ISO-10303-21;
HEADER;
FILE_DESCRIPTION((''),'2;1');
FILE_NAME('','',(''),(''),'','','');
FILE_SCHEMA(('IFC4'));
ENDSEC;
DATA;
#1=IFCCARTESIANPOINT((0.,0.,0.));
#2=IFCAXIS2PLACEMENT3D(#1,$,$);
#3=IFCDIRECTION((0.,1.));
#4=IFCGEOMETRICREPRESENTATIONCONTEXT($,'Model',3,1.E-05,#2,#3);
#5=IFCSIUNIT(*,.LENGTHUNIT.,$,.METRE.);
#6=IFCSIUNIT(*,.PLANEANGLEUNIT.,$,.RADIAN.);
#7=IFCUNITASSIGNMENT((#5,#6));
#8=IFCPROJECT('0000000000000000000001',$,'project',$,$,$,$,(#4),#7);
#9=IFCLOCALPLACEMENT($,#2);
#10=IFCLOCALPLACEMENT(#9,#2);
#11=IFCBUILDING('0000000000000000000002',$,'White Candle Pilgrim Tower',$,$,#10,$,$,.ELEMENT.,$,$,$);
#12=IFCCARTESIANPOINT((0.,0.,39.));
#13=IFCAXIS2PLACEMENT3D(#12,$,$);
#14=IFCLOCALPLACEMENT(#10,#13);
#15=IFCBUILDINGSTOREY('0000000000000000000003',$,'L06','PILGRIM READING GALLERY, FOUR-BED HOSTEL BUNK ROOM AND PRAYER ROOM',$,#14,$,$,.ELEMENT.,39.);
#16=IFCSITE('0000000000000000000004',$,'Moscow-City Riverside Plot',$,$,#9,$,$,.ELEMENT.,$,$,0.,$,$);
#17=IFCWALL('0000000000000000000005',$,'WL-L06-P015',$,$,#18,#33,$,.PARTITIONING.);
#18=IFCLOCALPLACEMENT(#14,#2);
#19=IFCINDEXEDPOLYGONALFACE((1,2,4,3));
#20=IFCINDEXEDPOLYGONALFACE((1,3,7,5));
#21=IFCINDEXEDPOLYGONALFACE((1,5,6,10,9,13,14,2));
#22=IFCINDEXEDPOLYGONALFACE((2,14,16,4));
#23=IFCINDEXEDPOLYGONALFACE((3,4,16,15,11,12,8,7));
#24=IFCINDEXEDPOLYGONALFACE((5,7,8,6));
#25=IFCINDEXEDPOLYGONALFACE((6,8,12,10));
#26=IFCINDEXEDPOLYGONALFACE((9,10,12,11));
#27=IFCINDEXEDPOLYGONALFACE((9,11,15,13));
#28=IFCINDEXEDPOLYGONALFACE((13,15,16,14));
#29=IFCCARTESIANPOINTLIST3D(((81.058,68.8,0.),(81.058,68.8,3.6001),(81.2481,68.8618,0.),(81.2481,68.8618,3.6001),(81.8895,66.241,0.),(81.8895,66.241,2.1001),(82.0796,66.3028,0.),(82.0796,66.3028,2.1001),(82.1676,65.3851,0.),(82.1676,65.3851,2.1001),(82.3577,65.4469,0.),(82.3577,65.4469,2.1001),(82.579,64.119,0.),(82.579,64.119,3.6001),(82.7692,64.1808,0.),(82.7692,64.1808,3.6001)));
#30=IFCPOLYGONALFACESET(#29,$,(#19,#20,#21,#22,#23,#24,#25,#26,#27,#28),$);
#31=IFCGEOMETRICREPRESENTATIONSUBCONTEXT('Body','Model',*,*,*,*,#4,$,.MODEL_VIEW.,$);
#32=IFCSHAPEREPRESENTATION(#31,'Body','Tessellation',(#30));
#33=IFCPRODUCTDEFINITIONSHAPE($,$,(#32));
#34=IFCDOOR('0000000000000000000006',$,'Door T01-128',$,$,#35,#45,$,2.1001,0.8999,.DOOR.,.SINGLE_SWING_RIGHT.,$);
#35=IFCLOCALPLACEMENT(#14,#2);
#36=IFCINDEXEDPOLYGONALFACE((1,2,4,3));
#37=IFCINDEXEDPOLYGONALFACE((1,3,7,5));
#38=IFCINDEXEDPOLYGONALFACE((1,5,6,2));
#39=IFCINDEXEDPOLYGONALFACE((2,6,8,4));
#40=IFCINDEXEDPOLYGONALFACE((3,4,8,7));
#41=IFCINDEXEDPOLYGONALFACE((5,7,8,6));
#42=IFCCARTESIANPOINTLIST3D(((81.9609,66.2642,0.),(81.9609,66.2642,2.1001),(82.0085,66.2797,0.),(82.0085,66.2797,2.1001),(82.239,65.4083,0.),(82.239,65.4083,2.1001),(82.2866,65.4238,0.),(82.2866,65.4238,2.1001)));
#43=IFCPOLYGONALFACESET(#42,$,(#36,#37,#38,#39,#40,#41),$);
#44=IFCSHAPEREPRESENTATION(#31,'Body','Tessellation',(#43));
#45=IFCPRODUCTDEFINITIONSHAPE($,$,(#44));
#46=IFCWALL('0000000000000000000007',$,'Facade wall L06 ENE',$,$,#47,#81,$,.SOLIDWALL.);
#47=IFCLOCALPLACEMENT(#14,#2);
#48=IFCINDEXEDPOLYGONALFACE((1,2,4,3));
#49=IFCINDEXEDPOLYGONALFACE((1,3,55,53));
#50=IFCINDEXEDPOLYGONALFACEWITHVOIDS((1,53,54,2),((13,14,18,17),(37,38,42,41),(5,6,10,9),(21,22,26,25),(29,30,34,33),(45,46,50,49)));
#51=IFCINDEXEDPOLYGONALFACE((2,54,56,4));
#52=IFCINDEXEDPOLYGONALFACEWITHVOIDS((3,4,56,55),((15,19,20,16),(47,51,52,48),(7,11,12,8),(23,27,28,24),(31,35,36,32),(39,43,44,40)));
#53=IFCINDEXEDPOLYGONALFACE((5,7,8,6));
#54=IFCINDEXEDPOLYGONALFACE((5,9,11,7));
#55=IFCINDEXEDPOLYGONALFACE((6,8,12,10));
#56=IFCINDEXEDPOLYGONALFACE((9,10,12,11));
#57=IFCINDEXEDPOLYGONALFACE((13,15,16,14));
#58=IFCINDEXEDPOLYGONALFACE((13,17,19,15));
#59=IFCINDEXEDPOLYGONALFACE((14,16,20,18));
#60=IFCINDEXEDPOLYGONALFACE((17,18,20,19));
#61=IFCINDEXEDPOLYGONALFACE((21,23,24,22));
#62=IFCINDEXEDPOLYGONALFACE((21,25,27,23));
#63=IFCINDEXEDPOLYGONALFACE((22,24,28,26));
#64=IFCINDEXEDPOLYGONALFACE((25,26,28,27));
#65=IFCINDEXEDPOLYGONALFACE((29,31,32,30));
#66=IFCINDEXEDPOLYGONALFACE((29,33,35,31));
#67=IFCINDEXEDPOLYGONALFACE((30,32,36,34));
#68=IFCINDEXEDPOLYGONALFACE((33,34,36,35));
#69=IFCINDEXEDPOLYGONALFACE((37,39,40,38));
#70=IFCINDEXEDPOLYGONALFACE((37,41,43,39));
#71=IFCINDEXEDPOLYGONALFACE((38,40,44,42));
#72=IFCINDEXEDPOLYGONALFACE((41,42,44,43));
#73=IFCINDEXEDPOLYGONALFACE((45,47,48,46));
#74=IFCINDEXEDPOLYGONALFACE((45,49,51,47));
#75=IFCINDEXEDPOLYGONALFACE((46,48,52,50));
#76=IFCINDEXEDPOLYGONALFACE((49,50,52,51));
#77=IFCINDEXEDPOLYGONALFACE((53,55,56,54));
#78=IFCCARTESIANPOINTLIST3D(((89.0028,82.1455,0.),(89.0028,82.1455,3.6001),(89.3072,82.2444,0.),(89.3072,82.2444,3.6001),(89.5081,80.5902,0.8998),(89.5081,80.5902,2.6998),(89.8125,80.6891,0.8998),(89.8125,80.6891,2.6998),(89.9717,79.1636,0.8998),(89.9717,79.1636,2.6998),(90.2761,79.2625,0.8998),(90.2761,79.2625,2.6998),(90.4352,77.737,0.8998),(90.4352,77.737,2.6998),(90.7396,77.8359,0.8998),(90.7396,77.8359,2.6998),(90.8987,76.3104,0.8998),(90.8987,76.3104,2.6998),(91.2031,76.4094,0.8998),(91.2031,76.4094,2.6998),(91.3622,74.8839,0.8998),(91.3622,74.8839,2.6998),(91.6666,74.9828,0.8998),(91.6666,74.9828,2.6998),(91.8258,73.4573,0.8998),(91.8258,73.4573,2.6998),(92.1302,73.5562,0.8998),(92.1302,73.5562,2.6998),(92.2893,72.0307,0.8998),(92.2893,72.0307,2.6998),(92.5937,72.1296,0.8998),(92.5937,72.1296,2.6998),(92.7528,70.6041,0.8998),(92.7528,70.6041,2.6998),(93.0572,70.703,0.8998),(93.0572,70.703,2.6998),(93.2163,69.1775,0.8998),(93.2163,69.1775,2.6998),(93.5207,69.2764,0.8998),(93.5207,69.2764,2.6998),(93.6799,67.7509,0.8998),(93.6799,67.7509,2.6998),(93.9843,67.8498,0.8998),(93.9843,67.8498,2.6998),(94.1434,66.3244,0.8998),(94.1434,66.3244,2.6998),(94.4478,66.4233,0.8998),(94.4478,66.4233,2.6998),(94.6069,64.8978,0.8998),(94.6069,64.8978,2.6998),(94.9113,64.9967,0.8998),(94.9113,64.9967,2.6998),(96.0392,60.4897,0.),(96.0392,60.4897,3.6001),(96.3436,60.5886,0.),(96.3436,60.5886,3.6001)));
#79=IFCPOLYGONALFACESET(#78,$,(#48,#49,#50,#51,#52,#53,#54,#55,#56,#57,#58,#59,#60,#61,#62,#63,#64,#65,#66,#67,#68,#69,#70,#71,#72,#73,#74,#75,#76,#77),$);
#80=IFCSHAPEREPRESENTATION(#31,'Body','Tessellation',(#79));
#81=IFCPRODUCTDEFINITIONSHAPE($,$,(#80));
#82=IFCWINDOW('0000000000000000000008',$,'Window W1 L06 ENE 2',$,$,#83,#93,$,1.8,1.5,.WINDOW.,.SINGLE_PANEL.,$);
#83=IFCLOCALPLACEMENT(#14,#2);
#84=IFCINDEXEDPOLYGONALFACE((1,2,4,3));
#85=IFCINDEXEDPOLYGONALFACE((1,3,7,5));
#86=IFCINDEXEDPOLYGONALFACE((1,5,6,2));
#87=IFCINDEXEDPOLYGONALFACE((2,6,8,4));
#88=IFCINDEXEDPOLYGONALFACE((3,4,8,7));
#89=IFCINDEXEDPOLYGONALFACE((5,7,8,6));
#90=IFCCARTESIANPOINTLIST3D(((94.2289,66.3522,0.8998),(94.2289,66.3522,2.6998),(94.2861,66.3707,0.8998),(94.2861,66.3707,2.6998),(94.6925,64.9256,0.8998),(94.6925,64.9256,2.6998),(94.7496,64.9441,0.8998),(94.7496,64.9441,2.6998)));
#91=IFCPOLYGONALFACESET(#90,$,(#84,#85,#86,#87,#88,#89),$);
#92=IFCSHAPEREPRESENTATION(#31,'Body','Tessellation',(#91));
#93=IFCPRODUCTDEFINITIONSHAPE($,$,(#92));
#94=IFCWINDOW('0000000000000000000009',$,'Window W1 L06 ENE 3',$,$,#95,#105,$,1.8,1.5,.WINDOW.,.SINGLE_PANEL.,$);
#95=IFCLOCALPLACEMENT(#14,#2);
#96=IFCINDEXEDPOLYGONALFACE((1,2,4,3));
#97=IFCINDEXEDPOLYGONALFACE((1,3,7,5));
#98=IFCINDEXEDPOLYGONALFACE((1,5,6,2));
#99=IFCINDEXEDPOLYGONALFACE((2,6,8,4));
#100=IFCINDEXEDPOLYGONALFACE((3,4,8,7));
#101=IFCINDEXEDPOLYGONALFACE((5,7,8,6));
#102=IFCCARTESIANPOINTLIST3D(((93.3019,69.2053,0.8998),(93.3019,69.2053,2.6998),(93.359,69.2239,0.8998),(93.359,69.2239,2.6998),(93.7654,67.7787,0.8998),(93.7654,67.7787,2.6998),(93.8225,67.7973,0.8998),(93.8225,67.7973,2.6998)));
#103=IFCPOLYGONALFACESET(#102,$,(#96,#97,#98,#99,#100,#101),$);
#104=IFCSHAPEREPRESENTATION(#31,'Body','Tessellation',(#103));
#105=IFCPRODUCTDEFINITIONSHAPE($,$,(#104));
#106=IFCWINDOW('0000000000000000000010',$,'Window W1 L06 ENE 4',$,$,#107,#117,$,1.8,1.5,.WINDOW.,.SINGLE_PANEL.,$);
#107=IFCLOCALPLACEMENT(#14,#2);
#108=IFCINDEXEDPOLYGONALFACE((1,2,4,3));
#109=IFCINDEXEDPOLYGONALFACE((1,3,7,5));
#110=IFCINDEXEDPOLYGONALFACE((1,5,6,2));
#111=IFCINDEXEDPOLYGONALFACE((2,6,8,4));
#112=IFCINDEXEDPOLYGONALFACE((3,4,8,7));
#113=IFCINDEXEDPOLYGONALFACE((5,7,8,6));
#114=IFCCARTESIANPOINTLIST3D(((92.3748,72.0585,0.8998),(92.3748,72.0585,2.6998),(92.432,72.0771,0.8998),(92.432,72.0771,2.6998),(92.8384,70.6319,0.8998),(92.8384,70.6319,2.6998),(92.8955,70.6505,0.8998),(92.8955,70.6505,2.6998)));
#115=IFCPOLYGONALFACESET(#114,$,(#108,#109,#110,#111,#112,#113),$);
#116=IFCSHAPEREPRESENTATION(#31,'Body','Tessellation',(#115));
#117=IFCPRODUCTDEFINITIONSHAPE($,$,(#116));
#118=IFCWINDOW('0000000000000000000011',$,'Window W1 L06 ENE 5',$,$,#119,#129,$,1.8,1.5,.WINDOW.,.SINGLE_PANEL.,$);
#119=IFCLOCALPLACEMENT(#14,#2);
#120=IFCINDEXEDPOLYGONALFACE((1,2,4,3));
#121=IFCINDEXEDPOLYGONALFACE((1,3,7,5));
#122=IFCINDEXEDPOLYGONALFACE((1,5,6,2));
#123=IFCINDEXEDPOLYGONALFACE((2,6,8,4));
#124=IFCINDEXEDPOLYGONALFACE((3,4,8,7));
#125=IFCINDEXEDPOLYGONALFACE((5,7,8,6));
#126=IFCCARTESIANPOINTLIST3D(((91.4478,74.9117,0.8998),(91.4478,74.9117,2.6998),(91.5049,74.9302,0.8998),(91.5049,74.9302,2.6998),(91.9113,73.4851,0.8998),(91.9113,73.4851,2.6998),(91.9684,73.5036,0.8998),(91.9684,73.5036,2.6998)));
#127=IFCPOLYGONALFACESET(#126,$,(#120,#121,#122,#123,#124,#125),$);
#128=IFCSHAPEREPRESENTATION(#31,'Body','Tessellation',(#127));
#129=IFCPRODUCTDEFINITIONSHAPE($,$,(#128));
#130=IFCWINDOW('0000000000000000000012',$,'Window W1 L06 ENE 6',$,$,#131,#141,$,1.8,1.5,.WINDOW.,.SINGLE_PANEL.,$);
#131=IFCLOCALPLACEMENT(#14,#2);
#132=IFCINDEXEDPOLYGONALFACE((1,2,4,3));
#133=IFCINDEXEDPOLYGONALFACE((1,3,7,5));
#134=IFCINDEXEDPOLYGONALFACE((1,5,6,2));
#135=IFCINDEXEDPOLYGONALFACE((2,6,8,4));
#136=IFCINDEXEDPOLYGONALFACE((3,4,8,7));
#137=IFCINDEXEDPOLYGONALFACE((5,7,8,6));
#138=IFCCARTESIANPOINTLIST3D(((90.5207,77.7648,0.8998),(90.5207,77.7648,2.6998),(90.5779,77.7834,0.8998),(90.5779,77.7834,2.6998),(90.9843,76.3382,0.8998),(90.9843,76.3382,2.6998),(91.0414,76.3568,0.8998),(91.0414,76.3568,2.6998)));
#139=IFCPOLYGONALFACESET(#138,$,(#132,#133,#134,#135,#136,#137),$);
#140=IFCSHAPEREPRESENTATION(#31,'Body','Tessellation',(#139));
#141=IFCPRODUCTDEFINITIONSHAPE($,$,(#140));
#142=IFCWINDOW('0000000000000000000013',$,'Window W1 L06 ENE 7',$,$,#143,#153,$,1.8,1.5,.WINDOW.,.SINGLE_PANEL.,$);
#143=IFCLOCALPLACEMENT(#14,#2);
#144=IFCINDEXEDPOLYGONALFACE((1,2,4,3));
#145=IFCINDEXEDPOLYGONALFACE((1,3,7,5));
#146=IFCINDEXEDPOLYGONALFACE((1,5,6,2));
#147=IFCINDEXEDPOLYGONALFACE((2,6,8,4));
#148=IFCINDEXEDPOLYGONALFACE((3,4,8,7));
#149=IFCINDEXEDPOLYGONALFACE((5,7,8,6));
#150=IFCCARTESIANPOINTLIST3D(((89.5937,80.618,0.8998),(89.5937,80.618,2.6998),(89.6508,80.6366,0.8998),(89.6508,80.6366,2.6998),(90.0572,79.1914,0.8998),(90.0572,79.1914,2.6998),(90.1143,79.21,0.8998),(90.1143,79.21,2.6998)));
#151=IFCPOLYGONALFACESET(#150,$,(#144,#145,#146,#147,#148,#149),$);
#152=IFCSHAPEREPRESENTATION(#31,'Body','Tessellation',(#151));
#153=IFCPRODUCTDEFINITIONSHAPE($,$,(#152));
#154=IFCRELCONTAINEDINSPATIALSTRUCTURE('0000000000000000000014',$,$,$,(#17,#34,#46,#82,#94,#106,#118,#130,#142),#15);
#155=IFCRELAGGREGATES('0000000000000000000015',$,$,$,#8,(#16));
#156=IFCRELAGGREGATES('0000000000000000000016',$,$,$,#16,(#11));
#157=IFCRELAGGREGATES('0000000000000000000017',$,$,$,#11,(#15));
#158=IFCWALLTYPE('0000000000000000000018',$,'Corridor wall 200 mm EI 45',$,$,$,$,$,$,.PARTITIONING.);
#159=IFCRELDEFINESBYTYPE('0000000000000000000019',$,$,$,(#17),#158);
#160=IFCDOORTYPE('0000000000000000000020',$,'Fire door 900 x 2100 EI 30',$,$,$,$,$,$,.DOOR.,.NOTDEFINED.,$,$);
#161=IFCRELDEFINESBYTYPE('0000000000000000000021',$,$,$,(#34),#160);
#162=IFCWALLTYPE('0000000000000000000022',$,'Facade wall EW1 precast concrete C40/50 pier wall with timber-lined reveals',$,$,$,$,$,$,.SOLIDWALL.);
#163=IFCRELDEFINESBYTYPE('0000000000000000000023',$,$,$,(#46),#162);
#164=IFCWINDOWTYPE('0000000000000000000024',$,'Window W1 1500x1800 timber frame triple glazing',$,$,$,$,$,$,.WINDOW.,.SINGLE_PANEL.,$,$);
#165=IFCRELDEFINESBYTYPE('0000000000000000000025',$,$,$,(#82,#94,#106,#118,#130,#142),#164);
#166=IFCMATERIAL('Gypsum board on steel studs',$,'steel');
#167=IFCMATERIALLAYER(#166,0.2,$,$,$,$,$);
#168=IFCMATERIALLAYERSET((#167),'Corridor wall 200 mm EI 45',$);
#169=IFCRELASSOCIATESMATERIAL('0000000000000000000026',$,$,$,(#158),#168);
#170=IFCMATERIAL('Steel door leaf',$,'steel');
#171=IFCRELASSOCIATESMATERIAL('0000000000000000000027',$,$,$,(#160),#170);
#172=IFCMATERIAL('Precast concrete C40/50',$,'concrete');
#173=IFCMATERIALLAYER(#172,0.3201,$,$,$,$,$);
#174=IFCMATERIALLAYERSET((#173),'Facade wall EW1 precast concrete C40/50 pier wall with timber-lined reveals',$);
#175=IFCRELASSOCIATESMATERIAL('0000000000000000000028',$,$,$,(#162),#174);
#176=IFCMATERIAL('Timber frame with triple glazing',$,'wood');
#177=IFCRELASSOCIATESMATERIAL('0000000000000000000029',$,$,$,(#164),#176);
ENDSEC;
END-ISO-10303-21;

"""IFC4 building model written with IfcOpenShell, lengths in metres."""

from ifc_helpers import new_model, si_unit, direction, frame, frame_2d, origin, place, context, subcontext, project, spatial, rectangle, extrude, material, layer, layer_set, type_object, element, fill, save


model = new_model("IFC4")

# Units and contexts
model_context = context("Model", 3, precision=1e-05, world=origin(), true_north=direction((0.0, 1.0)))
body_context = subcontext(model_context, "Body", "Model", "MODEL_VIEW")
ifc_project = project(units=[si_unit("LENGTHUNIT", "METRE"), si_unit("PLANEANGLEUNIT", "RADIAN")], contexts=[model_context])

# Site, building, storey
site_placement = place(None, origin())
site = spatial("IfcSite", under=ifc_project, at=site_placement, Name="Moscow-City Riverside Plot", CompositionType="ELEMENT", RefElevation=0.0)
building_placement = place(site_placement, origin())
building = spatial("IfcBuilding", under=site, at=building_placement, Name="White Candle Pilgrim Tower", CompositionType="ELEMENT")
storey_placement = place(building_placement, frame((0.0, 0.0, 39.0)))
storey = spatial("IfcBuildingStorey", under=building, at=storey_placement, Name="L06", Description="PILGRIM READING GALLERY, FOUR-BED HOSTEL BUNK ROOM AND PRAYER ROOM", CompositionType="ELEMENT", Elevation=39.0)

# Shared definitions
ifc_material_1 = material(Name="Gypsum board on steel studs", Category="steel")
ifc_layer_1 = layer(ifc_material_1, 0.2)
ifc_layer_set_1 = layer_set([ifc_layer_1], Name="Corridor wall 200 mm EI 45")
wall_type_1 = type_object("IfcWallType", Name="Corridor wall 200 mm EI 45", PredefinedType="PARTITIONING", material=ifc_layer_set_1)
ifc_material_2 = material(Name="Steel door leaf", Category="steel")
door_type_1 = type_object("IfcDoorType", Name="Fire door 900 x 2100 EI 30", OperationType="NOTDEFINED", PredefinedType="DOOR", material=ifc_material_2)

# Wall, opening, door
wall_1_placement = place(storey_placement, frame((82.6741, 64.1499, 0.0), z_axis=(0.0, 0.0, 1.0), x_axis=(-0.309031, 0.951052, 0.0)))
wall_1 = element("IfcWall", 1, at=wall_1_placement, inside=storey, type_object=wall_type_1, Name="WL-L06-P015", PredefinedType="PARTITIONING", context=body_context, shape_type="SweptSolid", body=[
    extrude(rectangle(XDim=4.9219, YDim=0.2, at=frame_2d((2.4609, 0.0))), origin(), (0.0, 0.0, 1.0), 3.6001),
])
opening_1_placement = place(wall_1_placement, frame((1.3313, 0.0, 0.0)))
opening_1 = element("IfcOpeningElement", 2, at=opening_1_placement, cuts=wall_1, PredefinedType="OPENING", context=body_context, shape_type="SweptSolid", body=[
    extrude(rectangle(XDim=0.8999, YDim=2.1001, at=frame_2d((0.45, 1.05))), frame((0.0, 0.1099, 0.0), z_axis=(0.0, -1.0, 0.0), x_axis=(1.0, 0.0, 0.0)), (0.0, 0.0, 1.0), 0.22),
])
door_1_placement = place(opening_1_placement, origin())
door_1 = element("IfcDoor", 3, at=door_1_placement, inside=storey, type_object=door_type_1, Name="Door T01-128", OperationType="SINGLE_SWING_RIGHT", OverallHeight=2.1001, OverallWidth=0.8999, PredefinedType="DOOR", context=body_context, shape_type="SweptSolid", body=[
    extrude(rectangle(XDim=0.8999, YDim=2.1001, at=frame_2d((0.45, 1.05))), frame((0.0, 0.0249, 0.0), z_axis=(0.0, -1.0, 0.0), x_axis=(1.0, 0.0, 0.0)), (0.0, 0.0, 1.0), 0.05),
])
fill(opening_1, door_1)

# Wall, openings, windows
ifc_material_3 = material(Name="Precast concrete C40/50", Category="concrete")
ifc_layer_2 = layer(ifc_material_3, 0.3201)
ifc_layer_set_2 = layer_set([ifc_layer_2], Name="Facade wall EW1 precast concrete C40/50 pier wall with timber-lined reveals")
wall_type_2 = type_object("IfcWallType", Name="Facade wall EW1 precast concrete C40/50 pier wall with timber-lined reveals", PredefinedType="SOLIDWALL", material=ifc_layer_set_2)
wall_2_placement = place(storey_placement, frame((96.1914, 60.5391, 0.0), z_axis=(0.0, 0.0, 1.0), x_axis=(-0.309017, 0.951057, 0.0)))
wall_2 = element("IfcWall", 4, at=wall_2_placement, inside=storey, type_object=wall_type_2, Name="Facade wall L06 ENE", PredefinedType="SOLIDWALL", context=body_context, shape_type="SweptSolid", body=[
    extrude(rectangle(XDim=22.7703, YDim=0.3201, at=frame_2d((11.3853, 0.0))), origin(), (0.0, 0.0, 1.0), 3.6001),
])
opening_2_placement = place(wall_2_placement, frame((4.635, 0.0, 0.8999)))
opening_2 = element("IfcOpeningElement", 5, at=opening_2_placement, cuts=wall_2, PredefinedType="OPENING", context=body_context, shape_type="SweptSolid", body=[
    extrude(rectangle(XDim=1.5, YDim=1.8, at=frame_2d((0.75, 0.8999))), frame((0.0, 0.1699, 0.0), z_axis=(0.0, -1.0, 0.0), x_axis=(1.0, 0.0, 0.0)), (0.0, 0.0, 1.0), 0.3401),
])
opening_3_placement = place(wall_2_placement, frame((7.635, 0.0, 0.8999)))
opening_3 = element("IfcOpeningElement", 6, at=opening_3_placement, cuts=wall_2, PredefinedType="OPENING", context=body_context, shape_type="SweptSolid", body=[
    extrude(rectangle(XDim=1.5, YDim=1.8, at=frame_2d((0.75, 0.8999))), frame((0.0, 0.1699, 0.0), z_axis=(0.0, -1.0, 0.0), x_axis=(1.0, 0.0, 0.0)), (0.0, 0.0, 1.0), 0.3401),
])
opening_4_placement = place(wall_2_placement, frame((10.635, 0.0, 0.8999)))
opening_4 = element("IfcOpeningElement", 7, at=opening_4_placement, cuts=wall_2, PredefinedType="OPENING", context=body_context, shape_type="SweptSolid", body=[
    extrude(rectangle(XDim=1.5, YDim=1.8, at=frame_2d((0.75, 0.8999))), frame((0.0, 0.1699, 0.0), z_axis=(0.0, -1.0, 0.0), x_axis=(1.0, 0.0, 0.0)), (0.0, 0.0, 1.0), 0.3401),
])
opening_5_placement = place(wall_2_placement, frame((13.635, 0.0, 0.8999)))
opening_5 = element("IfcOpeningElement", 8, at=opening_5_placement, cuts=wall_2, PredefinedType="OPENING", context=body_context, shape_type="SweptSolid", body=[
    extrude(rectangle(XDim=1.5, YDim=1.8, at=frame_2d((0.75, 0.8999))), frame((0.0, 0.1699, 0.0), z_axis=(0.0, -1.0, 0.0), x_axis=(1.0, 0.0, 0.0)), (0.0, 0.0, 1.0), 0.3401),
])
opening_6_placement = place(wall_2_placement, frame((16.635, 0.0, 0.8999)))
opening_6 = element("IfcOpeningElement", 9, at=opening_6_placement, cuts=wall_2, PredefinedType="OPENING", context=body_context, shape_type="SweptSolid", body=[
    extrude(rectangle(XDim=1.5, YDim=1.8, at=frame_2d((0.75, 0.8999))), frame((0.0, 0.1699, 0.0), z_axis=(0.0, -1.0, 0.0), x_axis=(1.0, 0.0, 0.0)), (0.0, 0.0, 1.0), 0.3401),
])
opening_7_placement = place(wall_2_placement, frame((19.635, 0.0, 0.8999)))
opening_7 = element("IfcOpeningElement", 10, at=opening_7_placement, cuts=wall_2, PredefinedType="OPENING", context=body_context, shape_type="SweptSolid", body=[
    extrude(rectangle(XDim=1.5, YDim=1.8, at=frame_2d((0.75, 0.8999))), frame((0.0, 0.1699, 0.0), z_axis=(0.0, -1.0, 0.0), x_axis=(1.0, 0.0, 0.0)), (0.0, 0.0, 1.0), 0.3401),
])
ifc_material_4 = material(Name="Timber frame with triple glazing", Category="wood")
window_type = type_object("IfcWindowType", Name="Window W1 1500x1800 timber frame triple glazing", PartitioningType="SINGLE_PANEL", PredefinedType="WINDOW", material=ifc_material_4)
window_1_placement = place(opening_2_placement, origin())
window_1 = element("IfcWindow", 11, at=window_1_placement, inside=storey, type_object=window_type, Name="Window W1 L06 ENE 2", OverallHeight=1.8, OverallWidth=1.5, PartitioningType="SINGLE_PANEL", PredefinedType="WINDOW", context=body_context, shape_type="SweptSolid", body=[
    extrude(rectangle(XDim=1.5, YDim=1.8, at=frame_2d((0.75, 0.8999))), frame((0.0, 0.0701, 0.0), z_axis=(0.0, -1.0, 0.0), x_axis=(1.0, 0.0, 0.0)), (0.0, 0.0, 1.0), 0.0601),
])
fill(opening_2, window_1)
window_2_placement = place(opening_3_placement, origin())
window_2 = element("IfcWindow", 12, at=window_2_placement, inside=storey, type_object=window_type, Name="Window W1 L06 ENE 3", OverallHeight=1.8, OverallWidth=1.5, PartitioningType="SINGLE_PANEL", PredefinedType="WINDOW", context=body_context, shape_type="SweptSolid", body=[
    extrude(rectangle(XDim=1.5, YDim=1.8, at=frame_2d((0.75, 0.8999))), frame((0.0, 0.0701, 0.0), z_axis=(0.0, -1.0, 0.0), x_axis=(1.0, 0.0, 0.0)), (0.0, 0.0, 1.0), 0.0601),
])
fill(opening_3, window_2)
window_3_placement = place(opening_4_placement, origin())
window_3 = element("IfcWindow", 13, at=window_3_placement, inside=storey, type_object=window_type, Name="Window W1 L06 ENE 4", OverallHeight=1.8, OverallWidth=1.5, PartitioningType="SINGLE_PANEL", PredefinedType="WINDOW", context=body_context, shape_type="SweptSolid", body=[
    extrude(rectangle(XDim=1.5, YDim=1.8, at=frame_2d((0.75, 0.8999))), frame((0.0, 0.0701, 0.0), z_axis=(0.0, -1.0, 0.0), x_axis=(1.0, 0.0, 0.0)), (0.0, 0.0, 1.0), 0.0601),
])
fill(opening_4, window_3)
window_4_placement = place(opening_5_placement, origin())
window_4 = element("IfcWindow", 14, at=window_4_placement, inside=storey, type_object=window_type, Name="Window W1 L06 ENE 5", OverallHeight=1.8, OverallWidth=1.5, PartitioningType="SINGLE_PANEL", PredefinedType="WINDOW", context=body_context, shape_type="SweptSolid", body=[
    extrude(rectangle(XDim=1.5, YDim=1.8, at=frame_2d((0.75, 0.8999))), frame((0.0, 0.0701, 0.0), z_axis=(0.0, -1.0, 0.0), x_axis=(1.0, 0.0, 0.0)), (0.0, 0.0, 1.0), 0.0601),
])
fill(opening_5, window_4)
window_5_placement = place(opening_6_placement, origin())
window_5 = element("IfcWindow", 15, at=window_5_placement, inside=storey, type_object=window_type, Name="Window W1 L06 ENE 6", OverallHeight=1.8, OverallWidth=1.5, PartitioningType="SINGLE_PANEL", PredefinedType="WINDOW", context=body_context, shape_type="SweptSolid", body=[
    extrude(rectangle(XDim=1.5, YDim=1.8, at=frame_2d((0.75, 0.8999))), frame((0.0, 0.0701, 0.0), z_axis=(0.0, -1.0, 0.0), x_axis=(1.0, 0.0, 0.0)), (0.0, 0.0, 1.0), 0.0601),
])
fill(opening_6, window_5)
window_6_placement = place(opening_7_placement, origin())
window_6 = element("IfcWindow", 16, at=window_6_placement, inside=storey, type_object=window_type, Name="Window W1 L06 ENE 7", OverallHeight=1.8, OverallWidth=1.5, PartitioningType="SINGLE_PANEL", PredefinedType="WINDOW", context=body_context, shape_type="SweptSolid", body=[
    extrude(rectangle(XDim=1.5, YDim=1.8, at=frame_2d((0.75, 0.8999))), frame((0.0, 0.0701, 0.0), z_axis=(0.0, -1.0, 0.0), x_axis=(1.0, 0.0, 0.0)), (0.0, 0.0, 1.0), 0.0601),
])
fill(opening_7, window_6)

save(model, "model.ifc")
